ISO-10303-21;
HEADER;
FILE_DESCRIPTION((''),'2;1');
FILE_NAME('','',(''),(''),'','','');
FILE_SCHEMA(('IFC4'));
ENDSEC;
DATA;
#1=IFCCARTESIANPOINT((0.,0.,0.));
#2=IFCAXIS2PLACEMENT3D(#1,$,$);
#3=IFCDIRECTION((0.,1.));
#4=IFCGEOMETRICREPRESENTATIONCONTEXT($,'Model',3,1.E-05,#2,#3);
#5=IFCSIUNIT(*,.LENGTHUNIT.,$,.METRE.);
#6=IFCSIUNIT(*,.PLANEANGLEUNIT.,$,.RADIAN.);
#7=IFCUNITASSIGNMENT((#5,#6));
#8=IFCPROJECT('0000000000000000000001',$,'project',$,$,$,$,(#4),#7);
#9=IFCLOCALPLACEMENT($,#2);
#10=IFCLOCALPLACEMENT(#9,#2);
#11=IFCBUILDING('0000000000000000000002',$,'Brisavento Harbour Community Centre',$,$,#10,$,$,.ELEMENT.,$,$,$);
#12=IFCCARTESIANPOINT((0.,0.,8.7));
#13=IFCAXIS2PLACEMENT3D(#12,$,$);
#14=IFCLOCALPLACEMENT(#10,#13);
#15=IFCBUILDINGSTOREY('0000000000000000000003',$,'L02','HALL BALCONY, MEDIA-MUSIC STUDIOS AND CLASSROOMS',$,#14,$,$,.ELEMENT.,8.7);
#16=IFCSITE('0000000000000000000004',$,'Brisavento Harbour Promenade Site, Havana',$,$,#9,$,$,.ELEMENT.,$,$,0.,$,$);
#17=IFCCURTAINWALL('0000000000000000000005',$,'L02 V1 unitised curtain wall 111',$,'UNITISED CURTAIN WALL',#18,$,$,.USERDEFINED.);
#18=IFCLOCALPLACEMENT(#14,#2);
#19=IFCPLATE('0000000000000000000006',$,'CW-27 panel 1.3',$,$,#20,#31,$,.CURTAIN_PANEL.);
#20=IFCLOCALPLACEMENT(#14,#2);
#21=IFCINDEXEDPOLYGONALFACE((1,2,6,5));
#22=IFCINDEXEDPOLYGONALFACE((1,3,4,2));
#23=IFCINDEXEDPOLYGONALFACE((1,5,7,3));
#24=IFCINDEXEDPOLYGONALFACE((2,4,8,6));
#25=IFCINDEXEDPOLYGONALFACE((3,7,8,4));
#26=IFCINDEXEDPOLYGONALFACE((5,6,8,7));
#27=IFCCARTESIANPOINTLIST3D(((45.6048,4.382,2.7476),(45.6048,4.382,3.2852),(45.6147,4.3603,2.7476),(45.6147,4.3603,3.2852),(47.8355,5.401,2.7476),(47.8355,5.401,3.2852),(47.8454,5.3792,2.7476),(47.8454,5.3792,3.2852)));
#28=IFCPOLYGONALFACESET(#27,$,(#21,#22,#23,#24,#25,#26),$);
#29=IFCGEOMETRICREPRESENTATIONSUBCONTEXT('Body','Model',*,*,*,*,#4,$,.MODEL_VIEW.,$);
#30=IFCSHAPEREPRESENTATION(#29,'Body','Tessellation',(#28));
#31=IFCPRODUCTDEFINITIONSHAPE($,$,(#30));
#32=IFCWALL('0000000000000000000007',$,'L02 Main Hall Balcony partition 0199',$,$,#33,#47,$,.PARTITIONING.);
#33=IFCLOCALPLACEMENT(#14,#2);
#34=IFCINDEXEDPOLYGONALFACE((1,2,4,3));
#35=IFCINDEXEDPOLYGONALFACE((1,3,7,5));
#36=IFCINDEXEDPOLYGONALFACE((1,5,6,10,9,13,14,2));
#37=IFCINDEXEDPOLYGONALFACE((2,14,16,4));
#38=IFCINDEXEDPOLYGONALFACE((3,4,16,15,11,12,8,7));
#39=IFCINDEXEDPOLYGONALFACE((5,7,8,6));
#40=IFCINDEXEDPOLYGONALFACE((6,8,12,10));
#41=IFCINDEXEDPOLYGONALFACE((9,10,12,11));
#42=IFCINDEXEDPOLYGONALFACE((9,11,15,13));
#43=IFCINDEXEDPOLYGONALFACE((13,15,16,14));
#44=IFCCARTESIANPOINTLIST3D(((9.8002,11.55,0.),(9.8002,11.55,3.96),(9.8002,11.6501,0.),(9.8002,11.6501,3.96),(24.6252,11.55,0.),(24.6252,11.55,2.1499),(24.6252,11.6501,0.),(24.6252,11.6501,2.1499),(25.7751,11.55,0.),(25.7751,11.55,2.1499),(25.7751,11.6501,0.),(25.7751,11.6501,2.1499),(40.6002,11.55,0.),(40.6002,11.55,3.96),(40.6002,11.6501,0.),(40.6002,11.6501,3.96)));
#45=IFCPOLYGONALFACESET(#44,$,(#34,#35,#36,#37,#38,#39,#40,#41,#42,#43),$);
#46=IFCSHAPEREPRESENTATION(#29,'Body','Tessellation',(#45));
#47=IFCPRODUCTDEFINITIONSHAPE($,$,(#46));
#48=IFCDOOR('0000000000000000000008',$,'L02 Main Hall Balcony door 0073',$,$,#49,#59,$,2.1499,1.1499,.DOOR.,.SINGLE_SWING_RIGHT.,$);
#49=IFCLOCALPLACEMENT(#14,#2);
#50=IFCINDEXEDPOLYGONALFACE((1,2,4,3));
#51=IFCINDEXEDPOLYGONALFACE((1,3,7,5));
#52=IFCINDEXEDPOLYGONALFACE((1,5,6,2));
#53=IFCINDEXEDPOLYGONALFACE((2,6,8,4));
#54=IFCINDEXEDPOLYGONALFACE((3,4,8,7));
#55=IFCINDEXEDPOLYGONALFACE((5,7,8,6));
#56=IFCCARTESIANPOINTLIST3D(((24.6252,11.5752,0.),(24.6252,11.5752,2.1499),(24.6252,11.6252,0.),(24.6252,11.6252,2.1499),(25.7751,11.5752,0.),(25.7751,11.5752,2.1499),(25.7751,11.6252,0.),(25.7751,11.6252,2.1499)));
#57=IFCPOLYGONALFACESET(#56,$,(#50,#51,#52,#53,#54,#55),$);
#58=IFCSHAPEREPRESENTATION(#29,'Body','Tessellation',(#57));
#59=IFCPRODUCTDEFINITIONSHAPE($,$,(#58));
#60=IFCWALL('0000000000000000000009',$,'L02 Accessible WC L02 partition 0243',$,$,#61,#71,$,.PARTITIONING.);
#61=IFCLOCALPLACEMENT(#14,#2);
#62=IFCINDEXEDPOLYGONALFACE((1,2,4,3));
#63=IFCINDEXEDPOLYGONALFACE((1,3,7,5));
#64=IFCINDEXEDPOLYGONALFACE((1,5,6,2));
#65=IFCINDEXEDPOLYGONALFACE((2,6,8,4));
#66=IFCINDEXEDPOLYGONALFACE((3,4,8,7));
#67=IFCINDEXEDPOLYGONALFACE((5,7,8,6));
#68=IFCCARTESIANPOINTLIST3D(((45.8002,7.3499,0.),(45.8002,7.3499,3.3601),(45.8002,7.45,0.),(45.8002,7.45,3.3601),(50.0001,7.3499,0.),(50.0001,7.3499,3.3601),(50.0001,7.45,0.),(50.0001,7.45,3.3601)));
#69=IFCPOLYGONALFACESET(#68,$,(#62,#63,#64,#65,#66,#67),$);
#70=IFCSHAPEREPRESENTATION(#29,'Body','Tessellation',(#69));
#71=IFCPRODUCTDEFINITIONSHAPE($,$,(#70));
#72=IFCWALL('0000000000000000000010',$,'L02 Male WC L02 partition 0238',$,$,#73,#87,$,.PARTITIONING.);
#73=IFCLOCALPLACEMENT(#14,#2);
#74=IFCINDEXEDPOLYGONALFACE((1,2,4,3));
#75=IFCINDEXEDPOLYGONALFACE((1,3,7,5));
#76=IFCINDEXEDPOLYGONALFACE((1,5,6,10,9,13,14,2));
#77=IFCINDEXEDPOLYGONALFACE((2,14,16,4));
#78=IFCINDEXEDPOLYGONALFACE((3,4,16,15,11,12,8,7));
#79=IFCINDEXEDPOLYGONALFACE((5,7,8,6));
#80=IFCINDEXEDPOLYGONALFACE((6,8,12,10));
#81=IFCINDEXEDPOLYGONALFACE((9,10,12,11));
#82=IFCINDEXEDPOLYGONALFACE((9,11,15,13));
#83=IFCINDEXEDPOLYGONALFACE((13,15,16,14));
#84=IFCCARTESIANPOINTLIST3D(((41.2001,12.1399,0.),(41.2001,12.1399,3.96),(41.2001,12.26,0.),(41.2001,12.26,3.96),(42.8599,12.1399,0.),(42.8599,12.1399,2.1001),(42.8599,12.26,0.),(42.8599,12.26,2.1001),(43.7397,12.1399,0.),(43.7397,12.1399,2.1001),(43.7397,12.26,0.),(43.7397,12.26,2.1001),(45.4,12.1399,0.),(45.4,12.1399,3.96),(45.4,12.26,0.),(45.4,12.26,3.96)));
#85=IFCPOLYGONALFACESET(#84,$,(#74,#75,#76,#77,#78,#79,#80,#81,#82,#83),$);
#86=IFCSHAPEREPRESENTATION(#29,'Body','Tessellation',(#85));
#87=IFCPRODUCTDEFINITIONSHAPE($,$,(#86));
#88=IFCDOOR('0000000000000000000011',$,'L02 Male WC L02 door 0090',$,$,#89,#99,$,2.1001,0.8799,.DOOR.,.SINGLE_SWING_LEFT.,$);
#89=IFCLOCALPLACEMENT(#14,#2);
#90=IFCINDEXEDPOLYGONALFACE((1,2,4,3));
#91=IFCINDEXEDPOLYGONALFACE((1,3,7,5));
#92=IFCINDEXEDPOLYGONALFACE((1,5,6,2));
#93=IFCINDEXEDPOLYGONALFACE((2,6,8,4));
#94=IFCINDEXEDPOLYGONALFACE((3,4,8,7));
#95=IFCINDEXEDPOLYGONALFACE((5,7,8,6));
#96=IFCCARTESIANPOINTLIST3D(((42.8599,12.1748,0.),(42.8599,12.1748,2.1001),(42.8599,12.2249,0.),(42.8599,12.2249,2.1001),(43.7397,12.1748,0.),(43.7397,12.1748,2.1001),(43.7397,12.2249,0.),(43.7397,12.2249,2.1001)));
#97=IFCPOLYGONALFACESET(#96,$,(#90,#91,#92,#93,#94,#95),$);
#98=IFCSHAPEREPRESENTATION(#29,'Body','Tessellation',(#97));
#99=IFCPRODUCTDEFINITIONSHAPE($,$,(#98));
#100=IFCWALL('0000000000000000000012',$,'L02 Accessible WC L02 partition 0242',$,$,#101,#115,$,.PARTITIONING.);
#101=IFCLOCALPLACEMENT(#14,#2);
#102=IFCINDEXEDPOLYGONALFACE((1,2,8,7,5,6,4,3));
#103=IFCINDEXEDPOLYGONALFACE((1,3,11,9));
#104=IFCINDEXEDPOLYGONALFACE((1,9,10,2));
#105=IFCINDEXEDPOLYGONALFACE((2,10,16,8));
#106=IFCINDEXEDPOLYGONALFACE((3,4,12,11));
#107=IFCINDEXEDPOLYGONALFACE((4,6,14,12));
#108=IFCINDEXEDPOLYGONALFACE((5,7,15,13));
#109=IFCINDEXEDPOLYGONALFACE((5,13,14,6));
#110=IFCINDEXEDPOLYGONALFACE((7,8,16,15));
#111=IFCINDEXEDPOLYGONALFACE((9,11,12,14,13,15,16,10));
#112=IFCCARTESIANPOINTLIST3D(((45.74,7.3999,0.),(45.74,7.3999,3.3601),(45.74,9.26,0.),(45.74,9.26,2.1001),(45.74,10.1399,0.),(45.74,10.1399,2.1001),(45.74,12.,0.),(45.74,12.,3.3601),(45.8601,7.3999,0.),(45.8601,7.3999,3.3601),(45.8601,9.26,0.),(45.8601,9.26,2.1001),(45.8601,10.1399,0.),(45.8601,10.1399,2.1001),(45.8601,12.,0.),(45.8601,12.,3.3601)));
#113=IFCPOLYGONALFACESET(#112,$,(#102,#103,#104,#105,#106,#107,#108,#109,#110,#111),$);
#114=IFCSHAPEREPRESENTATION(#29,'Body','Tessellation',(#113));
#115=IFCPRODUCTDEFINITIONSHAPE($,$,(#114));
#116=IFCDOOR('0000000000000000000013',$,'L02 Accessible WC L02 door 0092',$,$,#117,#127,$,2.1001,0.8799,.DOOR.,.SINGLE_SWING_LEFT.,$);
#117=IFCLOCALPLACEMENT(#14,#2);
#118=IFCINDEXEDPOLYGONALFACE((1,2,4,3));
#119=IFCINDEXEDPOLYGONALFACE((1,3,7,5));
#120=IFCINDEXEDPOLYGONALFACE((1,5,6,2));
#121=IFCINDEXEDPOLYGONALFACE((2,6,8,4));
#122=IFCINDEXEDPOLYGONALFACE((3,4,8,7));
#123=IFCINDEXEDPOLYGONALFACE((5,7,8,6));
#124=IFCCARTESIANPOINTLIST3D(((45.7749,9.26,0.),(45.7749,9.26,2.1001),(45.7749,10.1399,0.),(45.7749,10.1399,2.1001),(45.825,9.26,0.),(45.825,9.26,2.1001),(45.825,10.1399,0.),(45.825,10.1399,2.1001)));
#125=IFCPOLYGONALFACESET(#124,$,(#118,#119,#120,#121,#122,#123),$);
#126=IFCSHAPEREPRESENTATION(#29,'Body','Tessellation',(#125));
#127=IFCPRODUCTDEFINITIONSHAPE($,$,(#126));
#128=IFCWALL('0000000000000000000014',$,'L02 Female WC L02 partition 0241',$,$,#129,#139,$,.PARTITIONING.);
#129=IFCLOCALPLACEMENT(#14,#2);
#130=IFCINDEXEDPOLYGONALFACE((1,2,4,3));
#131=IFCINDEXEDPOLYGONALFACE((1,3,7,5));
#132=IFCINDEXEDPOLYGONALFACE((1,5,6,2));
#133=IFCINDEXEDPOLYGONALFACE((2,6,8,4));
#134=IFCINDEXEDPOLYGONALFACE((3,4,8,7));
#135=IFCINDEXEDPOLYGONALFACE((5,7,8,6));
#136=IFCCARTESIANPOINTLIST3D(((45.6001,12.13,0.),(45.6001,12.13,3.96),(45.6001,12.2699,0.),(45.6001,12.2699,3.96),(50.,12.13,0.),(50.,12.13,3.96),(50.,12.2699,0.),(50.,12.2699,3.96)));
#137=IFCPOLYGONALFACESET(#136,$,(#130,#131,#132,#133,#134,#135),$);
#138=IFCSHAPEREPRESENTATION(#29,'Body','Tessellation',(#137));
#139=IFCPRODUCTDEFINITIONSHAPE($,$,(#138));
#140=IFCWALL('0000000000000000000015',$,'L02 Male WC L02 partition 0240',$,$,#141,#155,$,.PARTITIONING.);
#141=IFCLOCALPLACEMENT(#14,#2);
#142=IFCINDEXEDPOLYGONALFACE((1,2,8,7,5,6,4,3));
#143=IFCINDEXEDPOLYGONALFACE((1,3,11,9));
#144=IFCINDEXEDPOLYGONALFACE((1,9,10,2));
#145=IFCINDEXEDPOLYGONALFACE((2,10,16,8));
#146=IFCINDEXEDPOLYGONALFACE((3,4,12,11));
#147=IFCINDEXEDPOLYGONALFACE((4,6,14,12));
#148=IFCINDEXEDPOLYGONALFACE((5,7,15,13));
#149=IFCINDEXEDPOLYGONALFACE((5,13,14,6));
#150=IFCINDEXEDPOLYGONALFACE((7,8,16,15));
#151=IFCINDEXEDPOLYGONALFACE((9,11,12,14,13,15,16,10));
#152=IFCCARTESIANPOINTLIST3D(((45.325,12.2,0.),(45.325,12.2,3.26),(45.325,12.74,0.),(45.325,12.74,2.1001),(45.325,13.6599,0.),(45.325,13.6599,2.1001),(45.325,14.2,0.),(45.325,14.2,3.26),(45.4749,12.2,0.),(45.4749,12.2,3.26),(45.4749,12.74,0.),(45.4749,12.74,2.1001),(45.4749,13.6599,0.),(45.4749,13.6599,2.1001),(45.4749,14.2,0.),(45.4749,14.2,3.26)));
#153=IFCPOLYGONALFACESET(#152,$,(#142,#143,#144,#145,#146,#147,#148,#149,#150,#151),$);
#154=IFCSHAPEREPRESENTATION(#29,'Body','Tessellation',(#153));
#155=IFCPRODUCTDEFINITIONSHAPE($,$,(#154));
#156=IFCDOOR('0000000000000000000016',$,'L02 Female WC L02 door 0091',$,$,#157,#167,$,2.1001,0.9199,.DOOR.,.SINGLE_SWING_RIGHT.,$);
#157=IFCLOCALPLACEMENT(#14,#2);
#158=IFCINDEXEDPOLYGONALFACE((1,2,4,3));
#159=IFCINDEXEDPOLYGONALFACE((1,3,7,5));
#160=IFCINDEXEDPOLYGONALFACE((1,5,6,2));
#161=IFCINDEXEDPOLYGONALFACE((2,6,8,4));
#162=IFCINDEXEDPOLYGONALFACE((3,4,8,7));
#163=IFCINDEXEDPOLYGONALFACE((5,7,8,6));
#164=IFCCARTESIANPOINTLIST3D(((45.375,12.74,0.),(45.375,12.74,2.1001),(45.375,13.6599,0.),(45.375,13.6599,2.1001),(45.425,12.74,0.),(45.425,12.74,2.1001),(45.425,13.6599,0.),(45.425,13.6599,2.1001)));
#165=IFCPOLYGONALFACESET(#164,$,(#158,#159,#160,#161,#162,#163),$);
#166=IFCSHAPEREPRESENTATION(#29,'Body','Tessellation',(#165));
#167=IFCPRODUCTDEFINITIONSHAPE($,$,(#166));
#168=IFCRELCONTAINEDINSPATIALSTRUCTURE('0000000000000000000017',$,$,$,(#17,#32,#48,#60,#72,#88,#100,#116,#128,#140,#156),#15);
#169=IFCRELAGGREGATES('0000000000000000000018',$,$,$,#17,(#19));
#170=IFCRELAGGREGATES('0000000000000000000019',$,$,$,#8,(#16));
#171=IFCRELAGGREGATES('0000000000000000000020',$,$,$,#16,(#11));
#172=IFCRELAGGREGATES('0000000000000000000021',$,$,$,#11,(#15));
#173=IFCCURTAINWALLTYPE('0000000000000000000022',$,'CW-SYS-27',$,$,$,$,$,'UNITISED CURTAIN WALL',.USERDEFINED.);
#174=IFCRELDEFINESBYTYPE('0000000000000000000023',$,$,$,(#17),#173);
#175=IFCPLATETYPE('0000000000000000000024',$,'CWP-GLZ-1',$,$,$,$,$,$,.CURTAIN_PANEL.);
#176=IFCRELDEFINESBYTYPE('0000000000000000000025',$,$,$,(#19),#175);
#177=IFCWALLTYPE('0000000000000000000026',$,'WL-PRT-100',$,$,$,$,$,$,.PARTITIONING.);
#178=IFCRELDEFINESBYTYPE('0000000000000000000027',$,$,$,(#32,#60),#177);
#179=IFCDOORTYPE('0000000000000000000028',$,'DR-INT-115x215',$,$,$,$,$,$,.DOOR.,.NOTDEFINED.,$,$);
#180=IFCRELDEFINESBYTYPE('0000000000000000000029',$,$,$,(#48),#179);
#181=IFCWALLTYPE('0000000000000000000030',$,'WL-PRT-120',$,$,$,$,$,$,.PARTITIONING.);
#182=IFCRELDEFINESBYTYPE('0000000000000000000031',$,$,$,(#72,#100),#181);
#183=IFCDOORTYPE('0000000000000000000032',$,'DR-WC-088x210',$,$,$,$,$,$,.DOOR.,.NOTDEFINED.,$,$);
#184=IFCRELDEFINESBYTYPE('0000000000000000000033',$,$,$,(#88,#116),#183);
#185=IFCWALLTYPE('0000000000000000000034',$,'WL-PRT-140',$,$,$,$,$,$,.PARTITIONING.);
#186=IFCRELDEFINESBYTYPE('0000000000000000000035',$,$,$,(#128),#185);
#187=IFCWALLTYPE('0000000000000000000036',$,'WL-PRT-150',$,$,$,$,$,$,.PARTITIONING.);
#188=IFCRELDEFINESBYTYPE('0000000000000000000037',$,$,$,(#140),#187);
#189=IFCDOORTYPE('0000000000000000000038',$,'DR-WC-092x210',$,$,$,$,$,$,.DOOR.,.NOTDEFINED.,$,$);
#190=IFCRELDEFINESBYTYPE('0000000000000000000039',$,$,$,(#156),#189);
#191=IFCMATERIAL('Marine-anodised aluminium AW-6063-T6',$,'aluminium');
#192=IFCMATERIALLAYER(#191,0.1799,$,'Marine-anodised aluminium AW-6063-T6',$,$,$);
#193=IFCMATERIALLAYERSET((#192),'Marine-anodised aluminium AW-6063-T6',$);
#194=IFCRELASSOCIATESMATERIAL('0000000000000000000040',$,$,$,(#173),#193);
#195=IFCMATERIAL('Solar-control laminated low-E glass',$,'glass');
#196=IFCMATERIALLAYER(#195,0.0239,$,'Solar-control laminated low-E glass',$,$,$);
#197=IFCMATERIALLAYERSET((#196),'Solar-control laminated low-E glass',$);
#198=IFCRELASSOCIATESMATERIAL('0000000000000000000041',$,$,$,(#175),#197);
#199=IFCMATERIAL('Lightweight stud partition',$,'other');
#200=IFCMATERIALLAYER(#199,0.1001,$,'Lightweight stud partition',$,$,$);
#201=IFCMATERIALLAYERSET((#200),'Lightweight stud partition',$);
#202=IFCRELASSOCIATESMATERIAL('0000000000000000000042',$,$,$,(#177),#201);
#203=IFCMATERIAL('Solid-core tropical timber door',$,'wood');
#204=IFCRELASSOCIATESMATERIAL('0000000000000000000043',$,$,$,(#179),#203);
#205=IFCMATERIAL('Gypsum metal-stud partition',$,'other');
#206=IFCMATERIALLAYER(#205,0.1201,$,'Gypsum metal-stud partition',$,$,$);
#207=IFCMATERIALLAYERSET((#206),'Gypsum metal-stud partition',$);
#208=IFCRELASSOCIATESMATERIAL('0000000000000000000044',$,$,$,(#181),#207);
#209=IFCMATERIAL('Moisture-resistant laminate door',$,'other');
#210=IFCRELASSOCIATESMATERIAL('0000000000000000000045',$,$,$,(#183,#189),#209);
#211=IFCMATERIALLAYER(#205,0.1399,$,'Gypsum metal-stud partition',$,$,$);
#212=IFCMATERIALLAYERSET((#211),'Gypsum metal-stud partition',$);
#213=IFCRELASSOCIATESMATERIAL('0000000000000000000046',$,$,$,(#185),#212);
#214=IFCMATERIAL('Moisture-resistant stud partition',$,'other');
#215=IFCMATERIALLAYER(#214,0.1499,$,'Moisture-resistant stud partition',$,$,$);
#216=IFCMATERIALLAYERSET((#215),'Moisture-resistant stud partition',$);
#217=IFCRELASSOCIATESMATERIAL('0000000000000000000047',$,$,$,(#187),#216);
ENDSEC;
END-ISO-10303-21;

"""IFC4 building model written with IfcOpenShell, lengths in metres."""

from ifc_helpers import new_model, si_unit, direction, frame, frame_2d, origin, origin_2d, place, context, subcontext, project, spatial, rectangle, extrude, material, layer, layer_set, type_object, element, fill, aggregate, save


model = new_model("IFC4")

# Units and contexts
model_context = context("Model", 3, precision=1e-05, world=origin(), true_north=direction((0.0, 1.0)))
body_context = subcontext(model_context, "Body", "Model", "MODEL_VIEW")
ifc_project = project(units=[si_unit("LENGTHUNIT", "METRE"), si_unit("PLANEANGLEUNIT", "RADIAN")], contexts=[model_context])

# Site, building, storey
site_placement = place(None, origin())
site = spatial("IfcSite", under=ifc_project, at=site_placement, Name="Brisavento Harbour Promenade Site, Havana", CompositionType="ELEMENT", RefElevation=0.0)
building_placement = place(site_placement, origin())
building = spatial("IfcBuilding", under=site, at=building_placement, Name="Brisavento Harbour Community Centre", CompositionType="ELEMENT")
storey_placement = place(building_placement, frame((0.0, 0.0, 8.7)))
storey = spatial("IfcBuildingStorey", under=building, at=storey_placement, Name="L02", Description="HALL BALCONY, MEDIA-MUSIC STUDIOS AND CLASSROOMS", CompositionType="ELEMENT", Elevation=8.7)

# Shared definitions
ifc_material_1 = material(Name="Marine-anodised aluminium AW-6063-T6", Category="aluminium")

# Curtain wall
ifc_layer_1 = layer(ifc_material_1, 0.1799, Name="Marine-anodised aluminium AW-6063-T6")
ifc_layer_set_1 = layer_set([ifc_layer_1], Name="Marine-anodised aluminium AW-6063-T6")
curtain_wall_type_1 = type_object("IfcCurtainWallType", Name="CW-SYS-27", ElementType="UNITISED CURTAIN WALL", PredefinedType="USERDEFINED", material=ifc_layer_set_1)
curtain_wall_1_placement = place(storey_placement, origin())
curtain_wall_1 = element("IfcCurtainWall", 1, at=curtain_wall_1_placement, inside=storey, type_object=curtain_wall_type_1, Name="L02 V1 unitised curtain wall 111", ObjectType="UNITISED CURTAIN WALL", PredefinedType="USERDEFINED")

# Plate
ifc_material_2 = material(Name="Solar-control laminated low-E glass", Category="glass")
ifc_layer_2 = layer(ifc_material_2, 0.0239, Name="Solar-control laminated low-E glass")
ifc_layer_set_2 = layer_set([ifc_layer_2], Name="Solar-control laminated low-E glass")
plate_type = type_object("IfcPlateType", Name="CWP-GLZ-1", PredefinedType="CURTAIN_PANEL", material=ifc_layer_set_2)
plate_1_placement = place(storey_placement, frame((46.7251, 4.8806, 2.7476), z_axis=(0.0, 0.0, 1.0), x_axis=(-0.909598, -0.41549, 0.0)))
plate_1 = element("IfcPlate", 2, at=plate_1_placement, type_object=plate_type, Name="CW-27 panel 1.3", PredefinedType="CURTAIN_PANEL", context=body_context, shape_type="SweptSolid", body=[
    extrude(rectangle(XDim=2.4524, YDim=0.0239, at=origin_2d()), origin(), (0.0, 0.0, 1.0), 0.5376),
])
aggregate(curtain_wall_1, [plate_1])

# Wall, opening, door
ifc_material_3 = material(Name="Lightweight stud partition", Category="other")
ifc_layer_3 = layer(ifc_material_3, 0.1001, Name="Lightweight stud partition")
ifc_layer_set_3 = layer_set([ifc_layer_3], Name="Lightweight stud partition")
wall_type_1 = type_object("IfcWallType", Name="WL-PRT-100", PredefinedType="PARTITIONING", material=ifc_layer_set_3)
wall_1_placement = place(storey_placement, frame((40.6001, 11.6001, 0.0), z_axis=(0.0, 0.0, 1.0), x_axis=(-1.0, 0.0, 0.0)))
wall_1 = element("IfcWall", 3, at=wall_1_placement, inside=storey, type_object=wall_type_1, Name="L02 Main Hall Balcony partition 0199", PredefinedType="PARTITIONING", context=body_context, shape_type="SweptSolid", body=[
    extrude(rectangle(XDim=30.8, YDim=0.1001, at=frame_2d((15.3999, 0.0))), origin(), (0.0, 0.0, 1.0), 3.96),
])
opening_1_placement = place(wall_1_placement, frame((14.825, 0.0, 0.0)))
opening_1 = element("IfcOpeningElement", 4, at=opening_1_placement, cuts=wall_1, PredefinedType="OPENING", context=body_context, shape_type="SweptSolid", body=[
    extrude(rectangle(XDim=1.1499, YDim=2.1499, at=frame_2d((0.575, 1.075))), frame((0.0, 0.0601, 0.0), z_axis=(0.0, -1.0, 0.0), x_axis=(1.0, 0.0, 0.0)), (0.0, 0.0, 1.0), 0.1201),
])
ifc_material_4 = material(Name="Solid-core tropical timber door", Category="wood")
door_type_1 = type_object("IfcDoorType", Name="DR-INT-115x215", OperationType="NOTDEFINED", PredefinedType="DOOR", material=ifc_material_4)
door_1_placement = place(opening_1_placement, origin())
door_1 = element("IfcDoor", 5, at=door_1_placement, inside=storey, type_object=door_type_1, Name="L02 Main Hall Balcony door 0073", OperationType="SINGLE_SWING_RIGHT", OverallHeight=2.1499, OverallWidth=1.1499, PredefinedType="DOOR", context=body_context, shape_type="SweptSolid", body=[
    extrude(rectangle(XDim=1.1499, YDim=2.1499, at=frame_2d((0.575, 1.075))), frame((0.0, 0.0249, 0.0), z_axis=(0.0, -1.0, 0.0), x_axis=(1.0, 0.0, 0.0)), (0.0, 0.0, 1.0), 0.05),
])
fill(opening_1, door_1)

# Wall
wall_2_placement = place(storey_placement, frame((45.8, 7.3999, 0.0), z_axis=(0.0, 0.0, 1.0), x_axis=(1.0, 0.0, 0.0)))
element("IfcWall", 6, at=wall_2_placement, inside=storey, type_object=wall_type_1, Name="L02 Accessible WC L02 partition 0243", PredefinedType="PARTITIONING", context=body_context, shape_type="SweptSolid", body=[
    extrude(rectangle(XDim=4.2, YDim=0.1001, at=frame_2d((2.1001, 0.0))), origin(), (0.0, 0.0, 1.0), 3.3601),
])

# Walls, openings, doors
ifc_material_5 = material(Name="Gypsum metal-stud partition", Category="other")
ifc_layer_4 = layer(ifc_material_5, 0.1201, Name="Gypsum metal-stud partition")
ifc_layer_set_4 = layer_set([ifc_layer_4], Name="Gypsum metal-stud partition")
wall_type_2 = type_object("IfcWallType", Name="WL-PRT-120", PredefinedType="PARTITIONING", material=ifc_layer_set_4)
wall_3_placement = place(storey_placement, frame((41.2, 12.2, 0.0), z_axis=(0.0, 0.0, 1.0), x_axis=(1.0, 0.0, 0.0)))
wall_3 = element("IfcWall", 7, at=wall_3_placement, inside=storey, type_object=wall_type_2, Name="L02 Male WC L02 partition 0238", PredefinedType="PARTITIONING", context=body_context, shape_type="SweptSolid", body=[
    extrude(rectangle(XDim=4.2, YDim=0.1201, at=frame_2d((2.1001, 0.0))), origin(), (0.0, 0.0, 1.0), 3.96),
])
opening_2_placement = place(wall_3_placement, frame((1.6599, 0.0, 0.0)))
opening_2 = element("IfcOpeningElement", 8, at=opening_2_placement, cuts=wall_3, PredefinedType="OPENING", context=body_context, shape_type="SweptSolid", body=[
    extrude(rectangle(XDim=0.8799, YDim=2.1001, at=frame_2d((0.4399, 1.05))), frame((0.0, 0.0701, 0.0), z_axis=(0.0, -1.0, 0.0), x_axis=(1.0, 0.0, 0.0)), (0.0, 0.0, 1.0), 0.1401),
])
ifc_material_6 = material(Name="Moisture-resistant laminate door", Category="other")
door_type_2 = type_object("IfcDoorType", Name="DR-WC-088x210", OperationType="NOTDEFINED", PredefinedType="DOOR", material=ifc_material_6)
door_2_placement = place(opening_2_placement, origin())
door_2 = element("IfcDoor", 9, at=door_2_placement, inside=storey, type_object=door_type_2, Name="L02 Male WC L02 door 0090", OperationType="SINGLE_SWING_LEFT", OverallHeight=2.1001, OverallWidth=0.8799, PredefinedType="DOOR", context=body_context, shape_type="SweptSolid", body=[
    extrude(rectangle(XDim=0.8799, YDim=2.1001, at=frame_2d((0.4399, 1.05))), frame((0.0, 0.0249, 0.0), z_axis=(0.0, -1.0, 0.0), x_axis=(1.0, 0.0, 0.0)), (0.0, 0.0, 1.0), 0.05),
])
fill(opening_2, door_2)
wall_4_placement = place(storey_placement, frame((45.8, 12.0, 0.0), z_axis=(0.0, 0.0, 1.0), x_axis=(0.0, -1.0, 0.0)))
wall_4 = element("IfcWall", 10, at=wall_4_placement, inside=storey, type_object=wall_type_2, Name="L02 Accessible WC L02 partition 0242", PredefinedType="PARTITIONING", context=body_context, shape_type="SweptSolid", body=[
    extrude(rectangle(XDim=4.6001, YDim=0.1201, at=frame_2d((2.3, 0.0))), origin(), (0.0, 0.0, 1.0), 3.3601),
])
opening_3_placement = place(wall_4_placement, frame((1.8601, 0.0, 0.0)))
opening_3 = element("IfcOpeningElement", 11, at=opening_3_placement, cuts=wall_4, PredefinedType="OPENING", context=body_context, shape_type="SweptSolid", body=[
    extrude(rectangle(XDim=0.8799, YDim=2.1001, at=frame_2d((0.4399, 1.05))), frame((0.0, 0.0701, 0.0), z_axis=(0.0, -1.0, 0.0), x_axis=(1.0, 0.0, 0.0)), (0.0, 0.0, 1.0), 0.1401),
])
door_3_placement = place(opening_3_placement, origin())
door_3 = element("IfcDoor", 12, at=door_3_placement, inside=storey, type_object=door_type_2, Name="L02 Accessible WC L02 door 0092", OperationType="SINGLE_SWING_LEFT", OverallHeight=2.1001, OverallWidth=0.8799, PredefinedType="DOOR", context=body_context, shape_type="SweptSolid", body=[
    extrude(rectangle(XDim=0.8799, YDim=2.1001, at=frame_2d((0.4399, 1.05))), frame((0.0, 0.0249, 0.0), z_axis=(0.0, -1.0, 0.0), x_axis=(1.0, 0.0, 0.0)), (0.0, 0.0, 1.0), 0.05),
])
fill(opening_3, door_3)

# Wall
ifc_layer_5 = layer(ifc_material_5, 0.1399, Name="Gypsum metal-stud partition")
ifc_layer_set_5 = layer_set([ifc_layer_5], Name="Gypsum metal-stud partition")
wall_type_3 = type_object("IfcWallType", Name="WL-PRT-140", PredefinedType="PARTITIONING", material=ifc_layer_set_5)
wall_5_placement = place(storey_placement, frame((45.6001, 12.2, 0.0), z_axis=(0.0, 0.0, 1.0), x_axis=(1.0, 0.0, 0.0)))
element("IfcWall", 13, at=wall_5_placement, inside=storey, type_object=wall_type_3, Name="L02 Female WC L02 partition 0241", PredefinedType="PARTITIONING", context=body_context, shape_type="SweptSolid", body=[
    extrude(rectangle(XDim=4.3999, YDim=0.1399, at=frame_2d((2.2, 0.0))), origin(), (0.0, 0.0, 1.0), 3.96),
])

# Wall, opening, door
ifc_material_7 = material(Name="Moisture-resistant stud partition", Category="other")
ifc_layer_6 = layer(ifc_material_7, 0.1499, Name="Moisture-resistant stud partition")
ifc_layer_set_6 = layer_set([ifc_layer_6], Name="Moisture-resistant stud partition")
wall_type_4 = type_object("IfcWallType", Name="WL-PRT-150", PredefinedType="PARTITIONING", material=ifc_layer_set_6)
wall_6_placement = place(storey_placement, frame((45.3999, 12.2, 0.0), z_axis=(0.0, 0.0, 1.0), x_axis=(0.0, 1.0, 0.0)))
wall_6 = element("IfcWall", 14, at=wall_6_placement, inside=storey, type_object=wall_type_4, Name="L02 Male WC L02 partition 0240", PredefinedType="PARTITIONING", context=body_context, shape_type="SweptSolid", body=[
    extrude(rectangle(XDim=2.0, YDim=0.1499, at=frame_2d((1.0, 0.0))), origin(), (0.0, 0.0, 1.0), 3.26),
])
opening_4_placement = place(wall_6_placement, frame((0.54, 0.0, 0.0)))
opening_4 = element("IfcOpeningElement", 15, at=opening_4_placement, cuts=wall_6, PredefinedType="OPENING", context=body_context, shape_type="SweptSolid", body=[
    extrude(rectangle(XDim=0.9199, YDim=2.1001, at=frame_2d((0.46, 1.05))), frame((0.0, 0.085, 0.0), z_axis=(0.0, -1.0, 0.0), x_axis=(1.0, 0.0, 0.0)), (0.0, 0.0, 1.0), 0.1699),
])
door_type_3 = type_object("IfcDoorType", Name="DR-WC-092x210", OperationType="NOTDEFINED", PredefinedType="DOOR", material=ifc_material_6)
door_4_placement = place(opening_4_placement, origin())
door_4 = element("IfcDoor", 16, at=door_4_placement, inside=storey, type_object=door_type_3, Name="L02 Female WC L02 door 0091", OperationType="SINGLE_SWING_RIGHT", OverallHeight=2.1001, OverallWidth=0.9199, PredefinedType="DOOR", context=body_context, shape_type="SweptSolid", body=[
    extrude(rectangle(XDim=0.9199, YDim=2.1001, at=frame_2d((0.46, 1.05))), frame((0.0, 0.0249, 0.0), z_axis=(0.0, -1.0, 0.0), x_axis=(1.0, 0.0, 0.0)), (0.0, 0.0, 1.0), 0.05),
])
fill(opening_4, door_4)

save(model, "model.ifc")
